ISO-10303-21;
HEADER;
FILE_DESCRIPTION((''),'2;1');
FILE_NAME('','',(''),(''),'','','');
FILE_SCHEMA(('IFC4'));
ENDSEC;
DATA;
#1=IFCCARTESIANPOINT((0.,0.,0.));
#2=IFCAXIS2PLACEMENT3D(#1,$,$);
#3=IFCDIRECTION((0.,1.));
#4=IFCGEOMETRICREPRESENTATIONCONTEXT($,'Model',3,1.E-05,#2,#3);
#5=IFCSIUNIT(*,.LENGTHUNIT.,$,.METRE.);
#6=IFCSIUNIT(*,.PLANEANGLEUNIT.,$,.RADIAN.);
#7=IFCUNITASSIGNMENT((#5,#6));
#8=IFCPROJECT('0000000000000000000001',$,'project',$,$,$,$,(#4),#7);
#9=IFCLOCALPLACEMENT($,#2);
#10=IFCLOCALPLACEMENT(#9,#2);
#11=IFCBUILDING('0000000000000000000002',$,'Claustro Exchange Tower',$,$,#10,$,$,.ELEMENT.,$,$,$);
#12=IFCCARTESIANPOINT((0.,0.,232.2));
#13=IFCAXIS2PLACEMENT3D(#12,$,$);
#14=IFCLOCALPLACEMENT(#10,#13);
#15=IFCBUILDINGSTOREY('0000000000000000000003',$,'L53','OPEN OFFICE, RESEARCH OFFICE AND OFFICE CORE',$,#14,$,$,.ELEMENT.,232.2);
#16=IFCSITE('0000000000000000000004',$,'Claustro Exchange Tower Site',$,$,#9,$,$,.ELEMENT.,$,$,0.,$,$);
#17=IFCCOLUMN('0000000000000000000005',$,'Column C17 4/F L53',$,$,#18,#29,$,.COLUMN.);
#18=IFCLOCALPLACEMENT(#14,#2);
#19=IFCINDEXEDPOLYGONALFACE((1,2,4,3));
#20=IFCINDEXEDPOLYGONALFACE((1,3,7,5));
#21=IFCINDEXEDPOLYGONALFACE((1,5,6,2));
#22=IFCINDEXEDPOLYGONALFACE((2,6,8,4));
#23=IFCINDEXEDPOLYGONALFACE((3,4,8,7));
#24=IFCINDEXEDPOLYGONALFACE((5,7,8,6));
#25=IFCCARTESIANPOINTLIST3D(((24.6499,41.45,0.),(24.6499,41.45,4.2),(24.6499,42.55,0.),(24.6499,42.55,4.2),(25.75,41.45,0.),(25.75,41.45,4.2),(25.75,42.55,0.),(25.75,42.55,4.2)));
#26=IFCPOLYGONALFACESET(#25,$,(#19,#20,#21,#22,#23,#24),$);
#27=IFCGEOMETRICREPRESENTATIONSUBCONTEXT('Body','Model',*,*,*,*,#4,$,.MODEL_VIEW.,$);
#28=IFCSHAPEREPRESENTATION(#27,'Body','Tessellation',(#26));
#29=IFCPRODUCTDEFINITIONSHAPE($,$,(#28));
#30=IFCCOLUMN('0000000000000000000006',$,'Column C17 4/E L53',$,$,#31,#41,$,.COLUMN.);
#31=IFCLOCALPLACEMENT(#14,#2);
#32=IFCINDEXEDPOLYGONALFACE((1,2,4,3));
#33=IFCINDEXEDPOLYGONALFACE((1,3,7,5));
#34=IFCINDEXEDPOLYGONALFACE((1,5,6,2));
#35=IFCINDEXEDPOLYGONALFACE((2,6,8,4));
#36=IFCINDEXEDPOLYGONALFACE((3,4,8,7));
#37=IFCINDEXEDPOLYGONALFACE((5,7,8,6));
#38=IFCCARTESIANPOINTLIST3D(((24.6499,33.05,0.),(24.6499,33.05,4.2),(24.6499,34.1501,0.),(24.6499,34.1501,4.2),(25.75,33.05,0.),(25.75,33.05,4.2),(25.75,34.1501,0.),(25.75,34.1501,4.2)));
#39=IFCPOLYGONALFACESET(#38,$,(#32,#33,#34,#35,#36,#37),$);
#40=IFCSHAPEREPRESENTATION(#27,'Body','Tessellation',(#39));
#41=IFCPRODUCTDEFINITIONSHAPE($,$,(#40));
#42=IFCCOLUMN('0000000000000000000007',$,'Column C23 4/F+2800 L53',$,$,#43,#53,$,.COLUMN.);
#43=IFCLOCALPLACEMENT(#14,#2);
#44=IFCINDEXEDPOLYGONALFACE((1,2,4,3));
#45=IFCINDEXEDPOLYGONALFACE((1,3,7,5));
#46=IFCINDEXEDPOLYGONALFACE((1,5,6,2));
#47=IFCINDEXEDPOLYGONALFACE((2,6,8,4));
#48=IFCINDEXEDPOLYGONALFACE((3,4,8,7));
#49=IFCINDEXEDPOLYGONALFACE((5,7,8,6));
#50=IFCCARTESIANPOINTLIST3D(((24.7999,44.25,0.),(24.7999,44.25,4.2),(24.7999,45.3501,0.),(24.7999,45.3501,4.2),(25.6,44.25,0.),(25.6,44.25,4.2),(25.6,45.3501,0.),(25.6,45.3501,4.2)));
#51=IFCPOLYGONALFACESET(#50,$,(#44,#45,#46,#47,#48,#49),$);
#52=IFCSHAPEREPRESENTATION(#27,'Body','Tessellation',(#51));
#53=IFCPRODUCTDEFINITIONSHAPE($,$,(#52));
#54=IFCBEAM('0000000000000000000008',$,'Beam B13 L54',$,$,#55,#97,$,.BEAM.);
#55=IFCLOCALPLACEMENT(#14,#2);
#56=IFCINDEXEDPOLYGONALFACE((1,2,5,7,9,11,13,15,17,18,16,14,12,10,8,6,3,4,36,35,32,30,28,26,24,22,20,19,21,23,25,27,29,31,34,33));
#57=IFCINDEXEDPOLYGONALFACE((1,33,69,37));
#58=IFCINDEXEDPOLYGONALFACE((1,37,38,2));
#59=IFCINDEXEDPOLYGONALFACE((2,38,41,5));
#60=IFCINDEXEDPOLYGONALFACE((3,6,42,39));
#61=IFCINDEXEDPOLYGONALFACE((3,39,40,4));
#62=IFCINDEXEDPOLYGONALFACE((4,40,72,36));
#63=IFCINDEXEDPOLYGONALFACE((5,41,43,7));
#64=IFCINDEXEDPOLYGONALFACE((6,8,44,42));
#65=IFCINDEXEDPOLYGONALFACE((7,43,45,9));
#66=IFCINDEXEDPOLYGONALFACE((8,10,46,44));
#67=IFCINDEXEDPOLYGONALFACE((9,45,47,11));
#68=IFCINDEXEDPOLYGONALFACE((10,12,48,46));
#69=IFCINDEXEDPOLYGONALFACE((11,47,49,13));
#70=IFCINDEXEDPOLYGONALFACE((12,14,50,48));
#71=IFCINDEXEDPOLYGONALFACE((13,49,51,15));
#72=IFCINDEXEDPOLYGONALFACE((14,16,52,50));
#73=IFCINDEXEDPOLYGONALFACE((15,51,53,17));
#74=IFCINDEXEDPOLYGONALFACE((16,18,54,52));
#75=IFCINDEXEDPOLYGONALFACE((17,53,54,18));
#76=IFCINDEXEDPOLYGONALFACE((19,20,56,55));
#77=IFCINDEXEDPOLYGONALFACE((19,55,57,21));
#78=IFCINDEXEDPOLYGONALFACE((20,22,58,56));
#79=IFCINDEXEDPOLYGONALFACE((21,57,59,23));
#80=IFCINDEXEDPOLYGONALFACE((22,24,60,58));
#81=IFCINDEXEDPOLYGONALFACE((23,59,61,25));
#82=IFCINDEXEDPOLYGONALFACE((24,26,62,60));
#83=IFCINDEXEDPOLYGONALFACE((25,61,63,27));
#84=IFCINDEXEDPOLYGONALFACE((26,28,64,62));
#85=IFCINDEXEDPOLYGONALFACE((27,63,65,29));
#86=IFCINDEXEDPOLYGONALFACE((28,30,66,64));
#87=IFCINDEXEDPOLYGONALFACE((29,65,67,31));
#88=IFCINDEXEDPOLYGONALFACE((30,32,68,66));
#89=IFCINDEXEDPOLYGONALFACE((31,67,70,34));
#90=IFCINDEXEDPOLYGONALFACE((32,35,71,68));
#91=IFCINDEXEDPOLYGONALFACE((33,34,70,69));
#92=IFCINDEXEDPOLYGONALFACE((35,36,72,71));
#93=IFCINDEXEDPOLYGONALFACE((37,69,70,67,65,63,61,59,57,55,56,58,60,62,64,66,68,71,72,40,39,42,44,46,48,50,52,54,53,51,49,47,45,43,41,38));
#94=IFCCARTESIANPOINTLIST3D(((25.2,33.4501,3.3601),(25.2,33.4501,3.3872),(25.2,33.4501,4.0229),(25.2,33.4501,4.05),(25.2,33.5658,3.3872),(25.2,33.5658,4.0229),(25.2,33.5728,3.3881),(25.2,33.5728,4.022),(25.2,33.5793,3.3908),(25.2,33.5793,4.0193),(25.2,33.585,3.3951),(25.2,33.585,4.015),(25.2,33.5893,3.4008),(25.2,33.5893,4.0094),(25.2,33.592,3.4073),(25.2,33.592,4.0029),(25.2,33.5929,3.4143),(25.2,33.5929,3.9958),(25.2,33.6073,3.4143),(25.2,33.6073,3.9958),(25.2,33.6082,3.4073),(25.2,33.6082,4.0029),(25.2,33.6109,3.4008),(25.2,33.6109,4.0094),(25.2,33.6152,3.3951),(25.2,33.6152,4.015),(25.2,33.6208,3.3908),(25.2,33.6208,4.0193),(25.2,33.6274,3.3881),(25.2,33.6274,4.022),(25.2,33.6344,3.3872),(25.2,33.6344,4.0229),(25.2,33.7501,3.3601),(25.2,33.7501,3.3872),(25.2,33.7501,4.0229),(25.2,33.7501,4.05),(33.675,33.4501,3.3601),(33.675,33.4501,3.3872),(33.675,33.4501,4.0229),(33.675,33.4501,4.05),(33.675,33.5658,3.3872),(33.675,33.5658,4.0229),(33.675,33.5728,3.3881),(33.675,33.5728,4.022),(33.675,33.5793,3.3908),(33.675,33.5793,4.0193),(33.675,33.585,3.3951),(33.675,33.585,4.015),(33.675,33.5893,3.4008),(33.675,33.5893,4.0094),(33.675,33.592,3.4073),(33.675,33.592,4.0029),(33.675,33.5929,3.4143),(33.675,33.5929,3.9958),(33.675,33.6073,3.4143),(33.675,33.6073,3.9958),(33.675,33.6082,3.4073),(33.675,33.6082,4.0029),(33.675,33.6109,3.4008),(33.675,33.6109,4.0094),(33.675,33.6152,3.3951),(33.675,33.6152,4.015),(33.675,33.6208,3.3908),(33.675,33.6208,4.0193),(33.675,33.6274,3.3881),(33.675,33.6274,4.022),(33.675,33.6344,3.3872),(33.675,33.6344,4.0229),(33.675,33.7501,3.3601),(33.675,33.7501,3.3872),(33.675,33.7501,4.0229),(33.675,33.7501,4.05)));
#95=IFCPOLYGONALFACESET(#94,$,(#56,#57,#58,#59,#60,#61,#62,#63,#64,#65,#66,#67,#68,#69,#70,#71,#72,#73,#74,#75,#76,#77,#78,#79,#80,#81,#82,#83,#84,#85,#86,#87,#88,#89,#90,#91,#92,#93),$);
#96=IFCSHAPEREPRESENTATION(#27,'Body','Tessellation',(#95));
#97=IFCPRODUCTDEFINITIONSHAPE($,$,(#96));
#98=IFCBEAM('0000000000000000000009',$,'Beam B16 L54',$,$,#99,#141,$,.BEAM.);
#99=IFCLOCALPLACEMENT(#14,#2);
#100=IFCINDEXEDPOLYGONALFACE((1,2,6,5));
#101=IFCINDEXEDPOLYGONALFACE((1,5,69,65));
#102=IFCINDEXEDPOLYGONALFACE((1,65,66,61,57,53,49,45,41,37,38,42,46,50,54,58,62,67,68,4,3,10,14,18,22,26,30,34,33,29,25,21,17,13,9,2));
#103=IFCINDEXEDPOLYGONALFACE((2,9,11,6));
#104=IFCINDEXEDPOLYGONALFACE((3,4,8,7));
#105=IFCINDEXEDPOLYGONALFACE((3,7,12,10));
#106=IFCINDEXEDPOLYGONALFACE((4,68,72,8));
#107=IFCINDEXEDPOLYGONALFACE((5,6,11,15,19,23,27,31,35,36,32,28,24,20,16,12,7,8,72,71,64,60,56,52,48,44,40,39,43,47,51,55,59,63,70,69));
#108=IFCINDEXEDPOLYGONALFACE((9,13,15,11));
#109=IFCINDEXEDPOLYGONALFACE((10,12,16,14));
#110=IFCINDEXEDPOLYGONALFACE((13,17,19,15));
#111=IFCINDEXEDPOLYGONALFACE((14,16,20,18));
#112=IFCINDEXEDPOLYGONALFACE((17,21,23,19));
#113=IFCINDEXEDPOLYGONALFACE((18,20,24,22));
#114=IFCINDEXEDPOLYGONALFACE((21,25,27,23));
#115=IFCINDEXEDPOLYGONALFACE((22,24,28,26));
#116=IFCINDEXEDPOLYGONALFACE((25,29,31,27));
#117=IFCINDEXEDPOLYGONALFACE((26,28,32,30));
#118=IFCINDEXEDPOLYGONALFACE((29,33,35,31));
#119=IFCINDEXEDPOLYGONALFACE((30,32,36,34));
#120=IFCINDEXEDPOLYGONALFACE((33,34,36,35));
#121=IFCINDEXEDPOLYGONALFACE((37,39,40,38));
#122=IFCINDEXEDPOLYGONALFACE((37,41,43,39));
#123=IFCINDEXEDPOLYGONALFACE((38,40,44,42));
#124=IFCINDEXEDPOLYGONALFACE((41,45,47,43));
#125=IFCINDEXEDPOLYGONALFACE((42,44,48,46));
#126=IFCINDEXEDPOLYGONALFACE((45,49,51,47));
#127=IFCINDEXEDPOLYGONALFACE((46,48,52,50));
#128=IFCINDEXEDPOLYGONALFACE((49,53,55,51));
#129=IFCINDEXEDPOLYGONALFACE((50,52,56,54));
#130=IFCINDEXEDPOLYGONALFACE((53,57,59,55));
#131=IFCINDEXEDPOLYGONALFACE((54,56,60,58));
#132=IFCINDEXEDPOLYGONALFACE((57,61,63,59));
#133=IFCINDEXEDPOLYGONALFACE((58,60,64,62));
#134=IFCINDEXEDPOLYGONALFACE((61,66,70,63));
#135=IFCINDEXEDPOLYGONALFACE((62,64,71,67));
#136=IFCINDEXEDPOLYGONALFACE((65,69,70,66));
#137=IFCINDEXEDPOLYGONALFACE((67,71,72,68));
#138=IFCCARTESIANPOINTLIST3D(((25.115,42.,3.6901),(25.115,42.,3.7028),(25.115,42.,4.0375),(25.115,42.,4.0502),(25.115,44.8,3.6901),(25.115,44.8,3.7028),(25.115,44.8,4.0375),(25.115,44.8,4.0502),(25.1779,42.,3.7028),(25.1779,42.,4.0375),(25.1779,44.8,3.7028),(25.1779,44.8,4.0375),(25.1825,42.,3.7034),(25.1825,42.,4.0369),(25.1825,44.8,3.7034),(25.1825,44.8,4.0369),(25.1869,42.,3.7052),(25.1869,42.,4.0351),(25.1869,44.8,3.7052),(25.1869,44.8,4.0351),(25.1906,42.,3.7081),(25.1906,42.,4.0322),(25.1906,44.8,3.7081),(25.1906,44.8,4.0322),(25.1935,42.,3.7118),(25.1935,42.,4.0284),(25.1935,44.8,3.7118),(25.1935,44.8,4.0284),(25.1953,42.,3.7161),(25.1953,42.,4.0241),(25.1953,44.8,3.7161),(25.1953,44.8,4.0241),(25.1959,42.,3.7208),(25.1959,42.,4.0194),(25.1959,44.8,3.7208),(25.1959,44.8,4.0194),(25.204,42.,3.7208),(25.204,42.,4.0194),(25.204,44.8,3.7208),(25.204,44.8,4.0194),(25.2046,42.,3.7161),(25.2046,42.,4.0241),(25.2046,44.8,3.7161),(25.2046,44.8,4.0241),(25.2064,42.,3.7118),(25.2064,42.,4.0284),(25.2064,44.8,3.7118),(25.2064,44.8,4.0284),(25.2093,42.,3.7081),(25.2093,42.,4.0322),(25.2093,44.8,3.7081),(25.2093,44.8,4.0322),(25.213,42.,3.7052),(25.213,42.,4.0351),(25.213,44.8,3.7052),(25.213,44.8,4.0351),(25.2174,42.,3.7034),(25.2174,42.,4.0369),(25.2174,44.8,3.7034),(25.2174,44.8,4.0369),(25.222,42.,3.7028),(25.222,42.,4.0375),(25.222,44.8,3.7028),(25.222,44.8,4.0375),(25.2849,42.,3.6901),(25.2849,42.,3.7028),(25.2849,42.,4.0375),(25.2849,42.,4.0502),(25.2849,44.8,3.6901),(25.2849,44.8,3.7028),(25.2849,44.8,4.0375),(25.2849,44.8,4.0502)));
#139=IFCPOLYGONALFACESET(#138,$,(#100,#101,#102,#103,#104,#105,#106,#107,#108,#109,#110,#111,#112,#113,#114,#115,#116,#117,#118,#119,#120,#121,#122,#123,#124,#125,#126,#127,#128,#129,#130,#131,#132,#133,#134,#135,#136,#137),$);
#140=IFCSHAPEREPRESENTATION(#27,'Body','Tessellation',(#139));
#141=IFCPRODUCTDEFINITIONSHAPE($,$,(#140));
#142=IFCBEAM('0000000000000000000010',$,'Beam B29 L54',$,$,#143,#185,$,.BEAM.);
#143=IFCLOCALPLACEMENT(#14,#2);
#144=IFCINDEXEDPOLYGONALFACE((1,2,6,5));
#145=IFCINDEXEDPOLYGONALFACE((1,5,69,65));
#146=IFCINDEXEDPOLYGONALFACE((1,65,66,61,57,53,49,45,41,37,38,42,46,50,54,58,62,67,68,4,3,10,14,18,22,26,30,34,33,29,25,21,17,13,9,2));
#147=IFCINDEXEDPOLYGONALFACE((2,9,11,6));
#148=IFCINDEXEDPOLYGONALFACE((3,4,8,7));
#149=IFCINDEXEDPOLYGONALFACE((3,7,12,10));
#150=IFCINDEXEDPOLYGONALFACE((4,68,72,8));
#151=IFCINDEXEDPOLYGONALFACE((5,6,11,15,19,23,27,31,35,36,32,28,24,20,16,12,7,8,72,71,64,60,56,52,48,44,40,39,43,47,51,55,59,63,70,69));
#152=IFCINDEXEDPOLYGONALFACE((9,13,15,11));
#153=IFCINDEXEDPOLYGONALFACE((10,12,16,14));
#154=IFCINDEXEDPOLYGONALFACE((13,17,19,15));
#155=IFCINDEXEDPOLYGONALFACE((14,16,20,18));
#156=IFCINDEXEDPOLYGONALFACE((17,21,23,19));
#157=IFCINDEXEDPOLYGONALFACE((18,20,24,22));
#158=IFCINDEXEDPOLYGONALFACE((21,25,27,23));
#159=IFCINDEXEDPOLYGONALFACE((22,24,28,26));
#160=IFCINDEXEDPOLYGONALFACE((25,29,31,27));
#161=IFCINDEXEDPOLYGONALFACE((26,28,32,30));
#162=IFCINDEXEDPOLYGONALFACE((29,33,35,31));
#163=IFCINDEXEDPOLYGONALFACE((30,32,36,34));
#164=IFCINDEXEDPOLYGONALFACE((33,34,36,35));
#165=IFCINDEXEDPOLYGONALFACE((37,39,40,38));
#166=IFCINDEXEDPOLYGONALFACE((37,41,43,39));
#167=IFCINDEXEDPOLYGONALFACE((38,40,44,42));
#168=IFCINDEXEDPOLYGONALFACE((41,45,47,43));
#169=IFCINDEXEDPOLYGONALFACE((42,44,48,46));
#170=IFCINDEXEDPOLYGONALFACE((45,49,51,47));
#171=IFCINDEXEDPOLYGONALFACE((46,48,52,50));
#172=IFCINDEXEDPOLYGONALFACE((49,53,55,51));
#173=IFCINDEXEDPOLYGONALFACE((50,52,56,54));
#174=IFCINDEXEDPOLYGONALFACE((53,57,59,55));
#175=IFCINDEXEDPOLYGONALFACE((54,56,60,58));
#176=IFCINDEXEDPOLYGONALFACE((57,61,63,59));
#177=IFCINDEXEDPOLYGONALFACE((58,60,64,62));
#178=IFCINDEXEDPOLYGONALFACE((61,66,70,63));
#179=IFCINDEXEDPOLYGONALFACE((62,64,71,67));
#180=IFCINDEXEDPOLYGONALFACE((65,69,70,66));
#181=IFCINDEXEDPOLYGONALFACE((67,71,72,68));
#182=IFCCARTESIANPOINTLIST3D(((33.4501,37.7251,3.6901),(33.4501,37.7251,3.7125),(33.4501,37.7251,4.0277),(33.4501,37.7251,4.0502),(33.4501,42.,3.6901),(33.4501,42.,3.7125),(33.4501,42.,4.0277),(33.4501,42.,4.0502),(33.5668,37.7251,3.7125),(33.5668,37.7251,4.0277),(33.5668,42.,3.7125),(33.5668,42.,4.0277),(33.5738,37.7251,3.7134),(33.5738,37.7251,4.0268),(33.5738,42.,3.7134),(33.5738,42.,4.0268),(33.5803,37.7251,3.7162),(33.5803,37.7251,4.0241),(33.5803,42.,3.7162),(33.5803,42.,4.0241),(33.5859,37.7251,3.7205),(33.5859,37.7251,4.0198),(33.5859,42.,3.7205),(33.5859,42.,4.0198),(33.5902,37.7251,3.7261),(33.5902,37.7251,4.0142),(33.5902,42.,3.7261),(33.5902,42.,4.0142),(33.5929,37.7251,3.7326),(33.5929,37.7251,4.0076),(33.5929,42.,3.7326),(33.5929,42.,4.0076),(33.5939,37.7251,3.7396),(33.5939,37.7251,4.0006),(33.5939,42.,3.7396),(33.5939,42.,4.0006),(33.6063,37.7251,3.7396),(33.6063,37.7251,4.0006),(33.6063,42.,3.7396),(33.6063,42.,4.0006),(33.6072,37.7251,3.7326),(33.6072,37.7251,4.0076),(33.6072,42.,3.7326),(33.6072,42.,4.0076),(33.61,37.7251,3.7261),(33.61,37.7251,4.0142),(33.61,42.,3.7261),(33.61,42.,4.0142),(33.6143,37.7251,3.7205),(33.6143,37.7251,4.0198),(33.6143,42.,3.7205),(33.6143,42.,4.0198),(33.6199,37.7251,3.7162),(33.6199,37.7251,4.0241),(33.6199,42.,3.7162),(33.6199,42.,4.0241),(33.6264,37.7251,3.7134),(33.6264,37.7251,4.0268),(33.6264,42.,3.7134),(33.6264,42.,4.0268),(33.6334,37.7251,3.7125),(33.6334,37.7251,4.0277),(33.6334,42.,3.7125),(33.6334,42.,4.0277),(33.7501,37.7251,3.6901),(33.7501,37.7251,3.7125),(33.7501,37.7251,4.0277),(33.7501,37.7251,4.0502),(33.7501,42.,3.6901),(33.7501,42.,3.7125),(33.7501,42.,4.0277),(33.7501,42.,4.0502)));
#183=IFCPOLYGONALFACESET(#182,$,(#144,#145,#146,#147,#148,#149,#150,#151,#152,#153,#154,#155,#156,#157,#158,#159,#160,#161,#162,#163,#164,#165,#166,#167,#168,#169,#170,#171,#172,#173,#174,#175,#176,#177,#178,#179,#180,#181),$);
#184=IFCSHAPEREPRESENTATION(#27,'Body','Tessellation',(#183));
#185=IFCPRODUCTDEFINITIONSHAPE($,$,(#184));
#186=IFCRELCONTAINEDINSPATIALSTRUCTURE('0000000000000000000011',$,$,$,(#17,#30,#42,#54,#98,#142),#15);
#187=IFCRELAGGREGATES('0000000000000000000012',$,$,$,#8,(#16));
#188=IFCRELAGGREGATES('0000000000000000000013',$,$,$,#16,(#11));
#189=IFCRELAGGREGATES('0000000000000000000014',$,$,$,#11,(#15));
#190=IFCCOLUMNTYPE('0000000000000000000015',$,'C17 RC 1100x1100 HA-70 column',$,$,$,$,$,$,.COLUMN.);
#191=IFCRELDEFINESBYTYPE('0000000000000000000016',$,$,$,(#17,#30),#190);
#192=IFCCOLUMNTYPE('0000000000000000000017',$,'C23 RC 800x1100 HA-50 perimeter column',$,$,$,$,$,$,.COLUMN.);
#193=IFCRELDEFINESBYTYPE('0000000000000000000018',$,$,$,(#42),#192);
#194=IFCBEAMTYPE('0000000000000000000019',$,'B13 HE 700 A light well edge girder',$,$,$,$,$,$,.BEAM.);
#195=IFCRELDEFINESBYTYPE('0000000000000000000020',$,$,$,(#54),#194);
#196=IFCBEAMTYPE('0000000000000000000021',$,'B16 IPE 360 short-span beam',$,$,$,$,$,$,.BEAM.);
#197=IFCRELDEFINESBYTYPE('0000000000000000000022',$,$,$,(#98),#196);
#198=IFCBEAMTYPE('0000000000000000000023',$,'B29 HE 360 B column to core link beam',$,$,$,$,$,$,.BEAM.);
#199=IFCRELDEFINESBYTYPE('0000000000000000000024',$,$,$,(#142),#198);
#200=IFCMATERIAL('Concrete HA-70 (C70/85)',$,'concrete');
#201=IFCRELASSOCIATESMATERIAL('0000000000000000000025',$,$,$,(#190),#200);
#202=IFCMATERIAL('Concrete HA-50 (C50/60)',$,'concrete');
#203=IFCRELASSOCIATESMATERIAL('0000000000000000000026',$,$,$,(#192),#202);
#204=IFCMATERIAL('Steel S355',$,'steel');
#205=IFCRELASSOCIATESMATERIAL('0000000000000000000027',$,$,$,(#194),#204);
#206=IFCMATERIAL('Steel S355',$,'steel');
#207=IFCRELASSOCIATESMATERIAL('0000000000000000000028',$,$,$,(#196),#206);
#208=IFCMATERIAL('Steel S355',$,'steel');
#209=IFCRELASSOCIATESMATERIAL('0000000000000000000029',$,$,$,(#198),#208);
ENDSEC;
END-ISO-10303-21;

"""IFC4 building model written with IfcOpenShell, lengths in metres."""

from ifc_helpers import new_model, si_unit, direction, frame, origin, origin_2d, place, context, subcontext, project, spatial, rectangle, i_section, extrude, material, material_profile, profile_set, type_object, element, save


model = new_model("IFC4")

# Units and contexts
model_context = context("Model", 3, precision=1e-05, world=origin(), true_north=direction((0.0, 1.0)))
body_context = subcontext(model_context, "Body", "Model", "MODEL_VIEW")
ifc_project = project(units=[si_unit("LENGTHUNIT", "METRE"), si_unit("PLANEANGLEUNIT", "RADIAN")], contexts=[model_context])

# Site, building, storey
site_placement = place(None, origin())
site = spatial("IfcSite", under=ifc_project, at=site_placement, Name="Claustro Exchange Tower Site", CompositionType="ELEMENT", RefElevation=0.0)
building_placement = place(site_placement, origin())
building = spatial("IfcBuilding", under=site, at=building_placement, Name="Claustro Exchange Tower", CompositionType="ELEMENT")
storey_placement = place(building_placement, frame((0.0, 0.0, 232.2)))
storey = spatial("IfcBuildingStorey", under=building, at=storey_placement, Name="L53", Description="OPEN OFFICE, RESEARCH OFFICE AND OFFICE CORE", CompositionType="ELEMENT", Elevation=232.2)

# Columns
ifc_material_1 = material(Name="Concrete HA-70 (C70/85)", Category="concrete")
ifc_material_profile_1 = material_profile(ifc_material_1, rectangle(XDim=1.1001, YDim=1.1001, at=origin_2d()), Name="RC 1100x1100")
ifc_profile_set_1 = profile_set([ifc_material_profile_1], Name="Concrete HA-70 (C70/85)")
column_type_1 = type_object("IfcColumnType", Name="C17 RC 1100x1100 HA-70 column", PredefinedType="COLUMN", material=ifc_profile_set_1)
for number, where, z_axis, x_axis, name in (
    (1, (25.2, 42.0, 0.0), (0.0, 0.0, 1.0), (1.0, 0.0, 0.0), "Column C17 4/F L53"),
    (2, (25.2, 33.6001, 0.0), (0.0, 0.0, 1.0), (1.0, 0.0, 0.0), "Column C17 4/E L53"),
):
    element("IfcColumn", number, at=place(storey_placement, frame(where, z_axis=z_axis, x_axis=x_axis)), inside=storey, type_object=column_type_1, Name=name, PredefinedType="COLUMN", context=body_context, shape_type="SweptSolid", body=[
        extrude(rectangle(XDim=1.1001, YDim=1.1001, at=origin_2d()), origin(), (0.0, 0.0, 1.0), 4.2),
    ])
ifc_material_2 = material(Name="Concrete HA-50 (C50/60)", Category="concrete")
ifc_material_profile_2 = material_profile(ifc_material_2, rectangle(XDim=0.8, YDim=1.1001, at=origin_2d()), Name="RC 800x1100")
ifc_profile_set_2 = profile_set([ifc_material_profile_2], Name="Concrete HA-50 (C50/60)")
column_type_2 = type_object("IfcColumnType", Name="C23 RC 800x1100 HA-50 perimeter column", PredefinedType="COLUMN", material=ifc_profile_set_2)
column_placement = place(storey_placement, frame((25.2, 44.8, 0.0), z_axis=(0.0, 0.0, 1.0), x_axis=(1.0, 0.0, 0.0)))
element("IfcColumn", 3, at=column_placement, inside=storey, type_object=column_type_2, Name="Column C23 4/F+2800 L53", PredefinedType="COLUMN", context=body_context, shape_type="SweptSolid", body=[
    extrude(rectangle(XDim=0.8, YDim=1.1001, at=origin_2d()), origin(), (0.0, 0.0, 1.0), 4.2),
])

# Beams
ifc_material_3 = material(Name="Steel S355", Category="steel")
ifc_material_profile_3 = material_profile(ifc_material_3, i_section(OverallWidth=0.3, OverallDepth=0.6899, WebThickness=0.0144, FlangeThickness=0.0271, FilletRadius=0.0271, at=origin_2d()), Name="HE 700 A")
ifc_profile_set_3 = profile_set([ifc_material_profile_3], Name="Steel S355")
beam_type_1 = type_object("IfcBeamType", Name="B13 HE 700 A light well edge girder", PredefinedType="BEAM", material=ifc_profile_set_3)
beam_1_placement = place(storey_placement, frame((25.2, 33.6001, 3.7051), z_axis=(1.0, 0.0, 0.0), x_axis=(0.0, 1.0, 0.0)))
element("IfcBeam", 4, at=beam_1_placement, inside=storey, type_object=beam_type_1, Name="Beam B13 L54", PredefinedType="BEAM", context=body_context, shape_type="SweptSolid", body=[
    extrude(i_section(OverallWidth=0.3, OverallDepth=0.6899, WebThickness=0.0144, FlangeThickness=0.0271, FilletRadius=0.0271, at=origin_2d()), origin(), (0.0, 0.0, 1.0), 8.4751),
])
ifc_material_4 = material(Name="Steel S355", Category="steel")
ifc_material_profile_4 = material_profile(ifc_material_4, i_section(OverallWidth=0.1699, OverallDepth=0.3601, WebThickness=0.0081, FlangeThickness=0.0127, FilletRadius=0.0181, at=origin_2d()), Name="IPE 360")
ifc_profile_set_4 = profile_set([ifc_material_profile_4], Name="Steel S355")
beam_type_2 = type_object("IfcBeamType", Name="B16 IPE 360 short-span beam", PredefinedType="BEAM", material=ifc_profile_set_4)
beam_2_placement = place(storey_placement, frame((25.2, 42.0, 3.8701), z_axis=(0.0, 1.0, 0.0), x_axis=(-1.0, 0.0, 0.0)))
element("IfcBeam", 5, at=beam_2_placement, inside=storey, type_object=beam_type_2, Name="Beam B16 L54", PredefinedType="BEAM", context=body_context, shape_type="SweptSolid", body=[
    extrude(i_section(OverallWidth=0.1699, OverallDepth=0.3601, WebThickness=0.0081, FlangeThickness=0.0127, FilletRadius=0.0181, at=origin_2d()), origin(), (0.0, 0.0, 1.0), 2.8),
])
ifc_material_5 = material(Name="Steel S355", Category="steel")
ifc_material_profile_5 = material_profile(ifc_material_5, i_section(OverallWidth=0.3, OverallDepth=0.3601, WebThickness=0.0125, FlangeThickness=0.0225, FilletRadius=0.0271, at=origin_2d()), Name="HE 360 B")
ifc_profile_set_5 = profile_set([ifc_material_profile_5], Name="Steel S355")
beam_type_3 = type_object("IfcBeamType", Name="B29 HE 360 B column to core link beam", PredefinedType="BEAM", material=ifc_profile_set_5)
beam_3_placement = place(storey_placement, frame((33.6001, 37.7251, 3.8701), z_axis=(0.0, 1.0, 0.0), x_axis=(-1.0, 0.0, 0.0)))
element("IfcBeam", 6, at=beam_3_placement, inside=storey, type_object=beam_type_3, Name="Beam B29 L54", PredefinedType="BEAM", context=body_context, shape_type="SweptSolid", body=[
    extrude(i_section(OverallWidth=0.3, OverallDepth=0.3601, WebThickness=0.0125, FlangeThickness=0.0225, FilletRadius=0.0271, at=origin_2d()), origin(), (0.0, 0.0, 1.0), 4.2749),
])

save(model, "model.ifc")
